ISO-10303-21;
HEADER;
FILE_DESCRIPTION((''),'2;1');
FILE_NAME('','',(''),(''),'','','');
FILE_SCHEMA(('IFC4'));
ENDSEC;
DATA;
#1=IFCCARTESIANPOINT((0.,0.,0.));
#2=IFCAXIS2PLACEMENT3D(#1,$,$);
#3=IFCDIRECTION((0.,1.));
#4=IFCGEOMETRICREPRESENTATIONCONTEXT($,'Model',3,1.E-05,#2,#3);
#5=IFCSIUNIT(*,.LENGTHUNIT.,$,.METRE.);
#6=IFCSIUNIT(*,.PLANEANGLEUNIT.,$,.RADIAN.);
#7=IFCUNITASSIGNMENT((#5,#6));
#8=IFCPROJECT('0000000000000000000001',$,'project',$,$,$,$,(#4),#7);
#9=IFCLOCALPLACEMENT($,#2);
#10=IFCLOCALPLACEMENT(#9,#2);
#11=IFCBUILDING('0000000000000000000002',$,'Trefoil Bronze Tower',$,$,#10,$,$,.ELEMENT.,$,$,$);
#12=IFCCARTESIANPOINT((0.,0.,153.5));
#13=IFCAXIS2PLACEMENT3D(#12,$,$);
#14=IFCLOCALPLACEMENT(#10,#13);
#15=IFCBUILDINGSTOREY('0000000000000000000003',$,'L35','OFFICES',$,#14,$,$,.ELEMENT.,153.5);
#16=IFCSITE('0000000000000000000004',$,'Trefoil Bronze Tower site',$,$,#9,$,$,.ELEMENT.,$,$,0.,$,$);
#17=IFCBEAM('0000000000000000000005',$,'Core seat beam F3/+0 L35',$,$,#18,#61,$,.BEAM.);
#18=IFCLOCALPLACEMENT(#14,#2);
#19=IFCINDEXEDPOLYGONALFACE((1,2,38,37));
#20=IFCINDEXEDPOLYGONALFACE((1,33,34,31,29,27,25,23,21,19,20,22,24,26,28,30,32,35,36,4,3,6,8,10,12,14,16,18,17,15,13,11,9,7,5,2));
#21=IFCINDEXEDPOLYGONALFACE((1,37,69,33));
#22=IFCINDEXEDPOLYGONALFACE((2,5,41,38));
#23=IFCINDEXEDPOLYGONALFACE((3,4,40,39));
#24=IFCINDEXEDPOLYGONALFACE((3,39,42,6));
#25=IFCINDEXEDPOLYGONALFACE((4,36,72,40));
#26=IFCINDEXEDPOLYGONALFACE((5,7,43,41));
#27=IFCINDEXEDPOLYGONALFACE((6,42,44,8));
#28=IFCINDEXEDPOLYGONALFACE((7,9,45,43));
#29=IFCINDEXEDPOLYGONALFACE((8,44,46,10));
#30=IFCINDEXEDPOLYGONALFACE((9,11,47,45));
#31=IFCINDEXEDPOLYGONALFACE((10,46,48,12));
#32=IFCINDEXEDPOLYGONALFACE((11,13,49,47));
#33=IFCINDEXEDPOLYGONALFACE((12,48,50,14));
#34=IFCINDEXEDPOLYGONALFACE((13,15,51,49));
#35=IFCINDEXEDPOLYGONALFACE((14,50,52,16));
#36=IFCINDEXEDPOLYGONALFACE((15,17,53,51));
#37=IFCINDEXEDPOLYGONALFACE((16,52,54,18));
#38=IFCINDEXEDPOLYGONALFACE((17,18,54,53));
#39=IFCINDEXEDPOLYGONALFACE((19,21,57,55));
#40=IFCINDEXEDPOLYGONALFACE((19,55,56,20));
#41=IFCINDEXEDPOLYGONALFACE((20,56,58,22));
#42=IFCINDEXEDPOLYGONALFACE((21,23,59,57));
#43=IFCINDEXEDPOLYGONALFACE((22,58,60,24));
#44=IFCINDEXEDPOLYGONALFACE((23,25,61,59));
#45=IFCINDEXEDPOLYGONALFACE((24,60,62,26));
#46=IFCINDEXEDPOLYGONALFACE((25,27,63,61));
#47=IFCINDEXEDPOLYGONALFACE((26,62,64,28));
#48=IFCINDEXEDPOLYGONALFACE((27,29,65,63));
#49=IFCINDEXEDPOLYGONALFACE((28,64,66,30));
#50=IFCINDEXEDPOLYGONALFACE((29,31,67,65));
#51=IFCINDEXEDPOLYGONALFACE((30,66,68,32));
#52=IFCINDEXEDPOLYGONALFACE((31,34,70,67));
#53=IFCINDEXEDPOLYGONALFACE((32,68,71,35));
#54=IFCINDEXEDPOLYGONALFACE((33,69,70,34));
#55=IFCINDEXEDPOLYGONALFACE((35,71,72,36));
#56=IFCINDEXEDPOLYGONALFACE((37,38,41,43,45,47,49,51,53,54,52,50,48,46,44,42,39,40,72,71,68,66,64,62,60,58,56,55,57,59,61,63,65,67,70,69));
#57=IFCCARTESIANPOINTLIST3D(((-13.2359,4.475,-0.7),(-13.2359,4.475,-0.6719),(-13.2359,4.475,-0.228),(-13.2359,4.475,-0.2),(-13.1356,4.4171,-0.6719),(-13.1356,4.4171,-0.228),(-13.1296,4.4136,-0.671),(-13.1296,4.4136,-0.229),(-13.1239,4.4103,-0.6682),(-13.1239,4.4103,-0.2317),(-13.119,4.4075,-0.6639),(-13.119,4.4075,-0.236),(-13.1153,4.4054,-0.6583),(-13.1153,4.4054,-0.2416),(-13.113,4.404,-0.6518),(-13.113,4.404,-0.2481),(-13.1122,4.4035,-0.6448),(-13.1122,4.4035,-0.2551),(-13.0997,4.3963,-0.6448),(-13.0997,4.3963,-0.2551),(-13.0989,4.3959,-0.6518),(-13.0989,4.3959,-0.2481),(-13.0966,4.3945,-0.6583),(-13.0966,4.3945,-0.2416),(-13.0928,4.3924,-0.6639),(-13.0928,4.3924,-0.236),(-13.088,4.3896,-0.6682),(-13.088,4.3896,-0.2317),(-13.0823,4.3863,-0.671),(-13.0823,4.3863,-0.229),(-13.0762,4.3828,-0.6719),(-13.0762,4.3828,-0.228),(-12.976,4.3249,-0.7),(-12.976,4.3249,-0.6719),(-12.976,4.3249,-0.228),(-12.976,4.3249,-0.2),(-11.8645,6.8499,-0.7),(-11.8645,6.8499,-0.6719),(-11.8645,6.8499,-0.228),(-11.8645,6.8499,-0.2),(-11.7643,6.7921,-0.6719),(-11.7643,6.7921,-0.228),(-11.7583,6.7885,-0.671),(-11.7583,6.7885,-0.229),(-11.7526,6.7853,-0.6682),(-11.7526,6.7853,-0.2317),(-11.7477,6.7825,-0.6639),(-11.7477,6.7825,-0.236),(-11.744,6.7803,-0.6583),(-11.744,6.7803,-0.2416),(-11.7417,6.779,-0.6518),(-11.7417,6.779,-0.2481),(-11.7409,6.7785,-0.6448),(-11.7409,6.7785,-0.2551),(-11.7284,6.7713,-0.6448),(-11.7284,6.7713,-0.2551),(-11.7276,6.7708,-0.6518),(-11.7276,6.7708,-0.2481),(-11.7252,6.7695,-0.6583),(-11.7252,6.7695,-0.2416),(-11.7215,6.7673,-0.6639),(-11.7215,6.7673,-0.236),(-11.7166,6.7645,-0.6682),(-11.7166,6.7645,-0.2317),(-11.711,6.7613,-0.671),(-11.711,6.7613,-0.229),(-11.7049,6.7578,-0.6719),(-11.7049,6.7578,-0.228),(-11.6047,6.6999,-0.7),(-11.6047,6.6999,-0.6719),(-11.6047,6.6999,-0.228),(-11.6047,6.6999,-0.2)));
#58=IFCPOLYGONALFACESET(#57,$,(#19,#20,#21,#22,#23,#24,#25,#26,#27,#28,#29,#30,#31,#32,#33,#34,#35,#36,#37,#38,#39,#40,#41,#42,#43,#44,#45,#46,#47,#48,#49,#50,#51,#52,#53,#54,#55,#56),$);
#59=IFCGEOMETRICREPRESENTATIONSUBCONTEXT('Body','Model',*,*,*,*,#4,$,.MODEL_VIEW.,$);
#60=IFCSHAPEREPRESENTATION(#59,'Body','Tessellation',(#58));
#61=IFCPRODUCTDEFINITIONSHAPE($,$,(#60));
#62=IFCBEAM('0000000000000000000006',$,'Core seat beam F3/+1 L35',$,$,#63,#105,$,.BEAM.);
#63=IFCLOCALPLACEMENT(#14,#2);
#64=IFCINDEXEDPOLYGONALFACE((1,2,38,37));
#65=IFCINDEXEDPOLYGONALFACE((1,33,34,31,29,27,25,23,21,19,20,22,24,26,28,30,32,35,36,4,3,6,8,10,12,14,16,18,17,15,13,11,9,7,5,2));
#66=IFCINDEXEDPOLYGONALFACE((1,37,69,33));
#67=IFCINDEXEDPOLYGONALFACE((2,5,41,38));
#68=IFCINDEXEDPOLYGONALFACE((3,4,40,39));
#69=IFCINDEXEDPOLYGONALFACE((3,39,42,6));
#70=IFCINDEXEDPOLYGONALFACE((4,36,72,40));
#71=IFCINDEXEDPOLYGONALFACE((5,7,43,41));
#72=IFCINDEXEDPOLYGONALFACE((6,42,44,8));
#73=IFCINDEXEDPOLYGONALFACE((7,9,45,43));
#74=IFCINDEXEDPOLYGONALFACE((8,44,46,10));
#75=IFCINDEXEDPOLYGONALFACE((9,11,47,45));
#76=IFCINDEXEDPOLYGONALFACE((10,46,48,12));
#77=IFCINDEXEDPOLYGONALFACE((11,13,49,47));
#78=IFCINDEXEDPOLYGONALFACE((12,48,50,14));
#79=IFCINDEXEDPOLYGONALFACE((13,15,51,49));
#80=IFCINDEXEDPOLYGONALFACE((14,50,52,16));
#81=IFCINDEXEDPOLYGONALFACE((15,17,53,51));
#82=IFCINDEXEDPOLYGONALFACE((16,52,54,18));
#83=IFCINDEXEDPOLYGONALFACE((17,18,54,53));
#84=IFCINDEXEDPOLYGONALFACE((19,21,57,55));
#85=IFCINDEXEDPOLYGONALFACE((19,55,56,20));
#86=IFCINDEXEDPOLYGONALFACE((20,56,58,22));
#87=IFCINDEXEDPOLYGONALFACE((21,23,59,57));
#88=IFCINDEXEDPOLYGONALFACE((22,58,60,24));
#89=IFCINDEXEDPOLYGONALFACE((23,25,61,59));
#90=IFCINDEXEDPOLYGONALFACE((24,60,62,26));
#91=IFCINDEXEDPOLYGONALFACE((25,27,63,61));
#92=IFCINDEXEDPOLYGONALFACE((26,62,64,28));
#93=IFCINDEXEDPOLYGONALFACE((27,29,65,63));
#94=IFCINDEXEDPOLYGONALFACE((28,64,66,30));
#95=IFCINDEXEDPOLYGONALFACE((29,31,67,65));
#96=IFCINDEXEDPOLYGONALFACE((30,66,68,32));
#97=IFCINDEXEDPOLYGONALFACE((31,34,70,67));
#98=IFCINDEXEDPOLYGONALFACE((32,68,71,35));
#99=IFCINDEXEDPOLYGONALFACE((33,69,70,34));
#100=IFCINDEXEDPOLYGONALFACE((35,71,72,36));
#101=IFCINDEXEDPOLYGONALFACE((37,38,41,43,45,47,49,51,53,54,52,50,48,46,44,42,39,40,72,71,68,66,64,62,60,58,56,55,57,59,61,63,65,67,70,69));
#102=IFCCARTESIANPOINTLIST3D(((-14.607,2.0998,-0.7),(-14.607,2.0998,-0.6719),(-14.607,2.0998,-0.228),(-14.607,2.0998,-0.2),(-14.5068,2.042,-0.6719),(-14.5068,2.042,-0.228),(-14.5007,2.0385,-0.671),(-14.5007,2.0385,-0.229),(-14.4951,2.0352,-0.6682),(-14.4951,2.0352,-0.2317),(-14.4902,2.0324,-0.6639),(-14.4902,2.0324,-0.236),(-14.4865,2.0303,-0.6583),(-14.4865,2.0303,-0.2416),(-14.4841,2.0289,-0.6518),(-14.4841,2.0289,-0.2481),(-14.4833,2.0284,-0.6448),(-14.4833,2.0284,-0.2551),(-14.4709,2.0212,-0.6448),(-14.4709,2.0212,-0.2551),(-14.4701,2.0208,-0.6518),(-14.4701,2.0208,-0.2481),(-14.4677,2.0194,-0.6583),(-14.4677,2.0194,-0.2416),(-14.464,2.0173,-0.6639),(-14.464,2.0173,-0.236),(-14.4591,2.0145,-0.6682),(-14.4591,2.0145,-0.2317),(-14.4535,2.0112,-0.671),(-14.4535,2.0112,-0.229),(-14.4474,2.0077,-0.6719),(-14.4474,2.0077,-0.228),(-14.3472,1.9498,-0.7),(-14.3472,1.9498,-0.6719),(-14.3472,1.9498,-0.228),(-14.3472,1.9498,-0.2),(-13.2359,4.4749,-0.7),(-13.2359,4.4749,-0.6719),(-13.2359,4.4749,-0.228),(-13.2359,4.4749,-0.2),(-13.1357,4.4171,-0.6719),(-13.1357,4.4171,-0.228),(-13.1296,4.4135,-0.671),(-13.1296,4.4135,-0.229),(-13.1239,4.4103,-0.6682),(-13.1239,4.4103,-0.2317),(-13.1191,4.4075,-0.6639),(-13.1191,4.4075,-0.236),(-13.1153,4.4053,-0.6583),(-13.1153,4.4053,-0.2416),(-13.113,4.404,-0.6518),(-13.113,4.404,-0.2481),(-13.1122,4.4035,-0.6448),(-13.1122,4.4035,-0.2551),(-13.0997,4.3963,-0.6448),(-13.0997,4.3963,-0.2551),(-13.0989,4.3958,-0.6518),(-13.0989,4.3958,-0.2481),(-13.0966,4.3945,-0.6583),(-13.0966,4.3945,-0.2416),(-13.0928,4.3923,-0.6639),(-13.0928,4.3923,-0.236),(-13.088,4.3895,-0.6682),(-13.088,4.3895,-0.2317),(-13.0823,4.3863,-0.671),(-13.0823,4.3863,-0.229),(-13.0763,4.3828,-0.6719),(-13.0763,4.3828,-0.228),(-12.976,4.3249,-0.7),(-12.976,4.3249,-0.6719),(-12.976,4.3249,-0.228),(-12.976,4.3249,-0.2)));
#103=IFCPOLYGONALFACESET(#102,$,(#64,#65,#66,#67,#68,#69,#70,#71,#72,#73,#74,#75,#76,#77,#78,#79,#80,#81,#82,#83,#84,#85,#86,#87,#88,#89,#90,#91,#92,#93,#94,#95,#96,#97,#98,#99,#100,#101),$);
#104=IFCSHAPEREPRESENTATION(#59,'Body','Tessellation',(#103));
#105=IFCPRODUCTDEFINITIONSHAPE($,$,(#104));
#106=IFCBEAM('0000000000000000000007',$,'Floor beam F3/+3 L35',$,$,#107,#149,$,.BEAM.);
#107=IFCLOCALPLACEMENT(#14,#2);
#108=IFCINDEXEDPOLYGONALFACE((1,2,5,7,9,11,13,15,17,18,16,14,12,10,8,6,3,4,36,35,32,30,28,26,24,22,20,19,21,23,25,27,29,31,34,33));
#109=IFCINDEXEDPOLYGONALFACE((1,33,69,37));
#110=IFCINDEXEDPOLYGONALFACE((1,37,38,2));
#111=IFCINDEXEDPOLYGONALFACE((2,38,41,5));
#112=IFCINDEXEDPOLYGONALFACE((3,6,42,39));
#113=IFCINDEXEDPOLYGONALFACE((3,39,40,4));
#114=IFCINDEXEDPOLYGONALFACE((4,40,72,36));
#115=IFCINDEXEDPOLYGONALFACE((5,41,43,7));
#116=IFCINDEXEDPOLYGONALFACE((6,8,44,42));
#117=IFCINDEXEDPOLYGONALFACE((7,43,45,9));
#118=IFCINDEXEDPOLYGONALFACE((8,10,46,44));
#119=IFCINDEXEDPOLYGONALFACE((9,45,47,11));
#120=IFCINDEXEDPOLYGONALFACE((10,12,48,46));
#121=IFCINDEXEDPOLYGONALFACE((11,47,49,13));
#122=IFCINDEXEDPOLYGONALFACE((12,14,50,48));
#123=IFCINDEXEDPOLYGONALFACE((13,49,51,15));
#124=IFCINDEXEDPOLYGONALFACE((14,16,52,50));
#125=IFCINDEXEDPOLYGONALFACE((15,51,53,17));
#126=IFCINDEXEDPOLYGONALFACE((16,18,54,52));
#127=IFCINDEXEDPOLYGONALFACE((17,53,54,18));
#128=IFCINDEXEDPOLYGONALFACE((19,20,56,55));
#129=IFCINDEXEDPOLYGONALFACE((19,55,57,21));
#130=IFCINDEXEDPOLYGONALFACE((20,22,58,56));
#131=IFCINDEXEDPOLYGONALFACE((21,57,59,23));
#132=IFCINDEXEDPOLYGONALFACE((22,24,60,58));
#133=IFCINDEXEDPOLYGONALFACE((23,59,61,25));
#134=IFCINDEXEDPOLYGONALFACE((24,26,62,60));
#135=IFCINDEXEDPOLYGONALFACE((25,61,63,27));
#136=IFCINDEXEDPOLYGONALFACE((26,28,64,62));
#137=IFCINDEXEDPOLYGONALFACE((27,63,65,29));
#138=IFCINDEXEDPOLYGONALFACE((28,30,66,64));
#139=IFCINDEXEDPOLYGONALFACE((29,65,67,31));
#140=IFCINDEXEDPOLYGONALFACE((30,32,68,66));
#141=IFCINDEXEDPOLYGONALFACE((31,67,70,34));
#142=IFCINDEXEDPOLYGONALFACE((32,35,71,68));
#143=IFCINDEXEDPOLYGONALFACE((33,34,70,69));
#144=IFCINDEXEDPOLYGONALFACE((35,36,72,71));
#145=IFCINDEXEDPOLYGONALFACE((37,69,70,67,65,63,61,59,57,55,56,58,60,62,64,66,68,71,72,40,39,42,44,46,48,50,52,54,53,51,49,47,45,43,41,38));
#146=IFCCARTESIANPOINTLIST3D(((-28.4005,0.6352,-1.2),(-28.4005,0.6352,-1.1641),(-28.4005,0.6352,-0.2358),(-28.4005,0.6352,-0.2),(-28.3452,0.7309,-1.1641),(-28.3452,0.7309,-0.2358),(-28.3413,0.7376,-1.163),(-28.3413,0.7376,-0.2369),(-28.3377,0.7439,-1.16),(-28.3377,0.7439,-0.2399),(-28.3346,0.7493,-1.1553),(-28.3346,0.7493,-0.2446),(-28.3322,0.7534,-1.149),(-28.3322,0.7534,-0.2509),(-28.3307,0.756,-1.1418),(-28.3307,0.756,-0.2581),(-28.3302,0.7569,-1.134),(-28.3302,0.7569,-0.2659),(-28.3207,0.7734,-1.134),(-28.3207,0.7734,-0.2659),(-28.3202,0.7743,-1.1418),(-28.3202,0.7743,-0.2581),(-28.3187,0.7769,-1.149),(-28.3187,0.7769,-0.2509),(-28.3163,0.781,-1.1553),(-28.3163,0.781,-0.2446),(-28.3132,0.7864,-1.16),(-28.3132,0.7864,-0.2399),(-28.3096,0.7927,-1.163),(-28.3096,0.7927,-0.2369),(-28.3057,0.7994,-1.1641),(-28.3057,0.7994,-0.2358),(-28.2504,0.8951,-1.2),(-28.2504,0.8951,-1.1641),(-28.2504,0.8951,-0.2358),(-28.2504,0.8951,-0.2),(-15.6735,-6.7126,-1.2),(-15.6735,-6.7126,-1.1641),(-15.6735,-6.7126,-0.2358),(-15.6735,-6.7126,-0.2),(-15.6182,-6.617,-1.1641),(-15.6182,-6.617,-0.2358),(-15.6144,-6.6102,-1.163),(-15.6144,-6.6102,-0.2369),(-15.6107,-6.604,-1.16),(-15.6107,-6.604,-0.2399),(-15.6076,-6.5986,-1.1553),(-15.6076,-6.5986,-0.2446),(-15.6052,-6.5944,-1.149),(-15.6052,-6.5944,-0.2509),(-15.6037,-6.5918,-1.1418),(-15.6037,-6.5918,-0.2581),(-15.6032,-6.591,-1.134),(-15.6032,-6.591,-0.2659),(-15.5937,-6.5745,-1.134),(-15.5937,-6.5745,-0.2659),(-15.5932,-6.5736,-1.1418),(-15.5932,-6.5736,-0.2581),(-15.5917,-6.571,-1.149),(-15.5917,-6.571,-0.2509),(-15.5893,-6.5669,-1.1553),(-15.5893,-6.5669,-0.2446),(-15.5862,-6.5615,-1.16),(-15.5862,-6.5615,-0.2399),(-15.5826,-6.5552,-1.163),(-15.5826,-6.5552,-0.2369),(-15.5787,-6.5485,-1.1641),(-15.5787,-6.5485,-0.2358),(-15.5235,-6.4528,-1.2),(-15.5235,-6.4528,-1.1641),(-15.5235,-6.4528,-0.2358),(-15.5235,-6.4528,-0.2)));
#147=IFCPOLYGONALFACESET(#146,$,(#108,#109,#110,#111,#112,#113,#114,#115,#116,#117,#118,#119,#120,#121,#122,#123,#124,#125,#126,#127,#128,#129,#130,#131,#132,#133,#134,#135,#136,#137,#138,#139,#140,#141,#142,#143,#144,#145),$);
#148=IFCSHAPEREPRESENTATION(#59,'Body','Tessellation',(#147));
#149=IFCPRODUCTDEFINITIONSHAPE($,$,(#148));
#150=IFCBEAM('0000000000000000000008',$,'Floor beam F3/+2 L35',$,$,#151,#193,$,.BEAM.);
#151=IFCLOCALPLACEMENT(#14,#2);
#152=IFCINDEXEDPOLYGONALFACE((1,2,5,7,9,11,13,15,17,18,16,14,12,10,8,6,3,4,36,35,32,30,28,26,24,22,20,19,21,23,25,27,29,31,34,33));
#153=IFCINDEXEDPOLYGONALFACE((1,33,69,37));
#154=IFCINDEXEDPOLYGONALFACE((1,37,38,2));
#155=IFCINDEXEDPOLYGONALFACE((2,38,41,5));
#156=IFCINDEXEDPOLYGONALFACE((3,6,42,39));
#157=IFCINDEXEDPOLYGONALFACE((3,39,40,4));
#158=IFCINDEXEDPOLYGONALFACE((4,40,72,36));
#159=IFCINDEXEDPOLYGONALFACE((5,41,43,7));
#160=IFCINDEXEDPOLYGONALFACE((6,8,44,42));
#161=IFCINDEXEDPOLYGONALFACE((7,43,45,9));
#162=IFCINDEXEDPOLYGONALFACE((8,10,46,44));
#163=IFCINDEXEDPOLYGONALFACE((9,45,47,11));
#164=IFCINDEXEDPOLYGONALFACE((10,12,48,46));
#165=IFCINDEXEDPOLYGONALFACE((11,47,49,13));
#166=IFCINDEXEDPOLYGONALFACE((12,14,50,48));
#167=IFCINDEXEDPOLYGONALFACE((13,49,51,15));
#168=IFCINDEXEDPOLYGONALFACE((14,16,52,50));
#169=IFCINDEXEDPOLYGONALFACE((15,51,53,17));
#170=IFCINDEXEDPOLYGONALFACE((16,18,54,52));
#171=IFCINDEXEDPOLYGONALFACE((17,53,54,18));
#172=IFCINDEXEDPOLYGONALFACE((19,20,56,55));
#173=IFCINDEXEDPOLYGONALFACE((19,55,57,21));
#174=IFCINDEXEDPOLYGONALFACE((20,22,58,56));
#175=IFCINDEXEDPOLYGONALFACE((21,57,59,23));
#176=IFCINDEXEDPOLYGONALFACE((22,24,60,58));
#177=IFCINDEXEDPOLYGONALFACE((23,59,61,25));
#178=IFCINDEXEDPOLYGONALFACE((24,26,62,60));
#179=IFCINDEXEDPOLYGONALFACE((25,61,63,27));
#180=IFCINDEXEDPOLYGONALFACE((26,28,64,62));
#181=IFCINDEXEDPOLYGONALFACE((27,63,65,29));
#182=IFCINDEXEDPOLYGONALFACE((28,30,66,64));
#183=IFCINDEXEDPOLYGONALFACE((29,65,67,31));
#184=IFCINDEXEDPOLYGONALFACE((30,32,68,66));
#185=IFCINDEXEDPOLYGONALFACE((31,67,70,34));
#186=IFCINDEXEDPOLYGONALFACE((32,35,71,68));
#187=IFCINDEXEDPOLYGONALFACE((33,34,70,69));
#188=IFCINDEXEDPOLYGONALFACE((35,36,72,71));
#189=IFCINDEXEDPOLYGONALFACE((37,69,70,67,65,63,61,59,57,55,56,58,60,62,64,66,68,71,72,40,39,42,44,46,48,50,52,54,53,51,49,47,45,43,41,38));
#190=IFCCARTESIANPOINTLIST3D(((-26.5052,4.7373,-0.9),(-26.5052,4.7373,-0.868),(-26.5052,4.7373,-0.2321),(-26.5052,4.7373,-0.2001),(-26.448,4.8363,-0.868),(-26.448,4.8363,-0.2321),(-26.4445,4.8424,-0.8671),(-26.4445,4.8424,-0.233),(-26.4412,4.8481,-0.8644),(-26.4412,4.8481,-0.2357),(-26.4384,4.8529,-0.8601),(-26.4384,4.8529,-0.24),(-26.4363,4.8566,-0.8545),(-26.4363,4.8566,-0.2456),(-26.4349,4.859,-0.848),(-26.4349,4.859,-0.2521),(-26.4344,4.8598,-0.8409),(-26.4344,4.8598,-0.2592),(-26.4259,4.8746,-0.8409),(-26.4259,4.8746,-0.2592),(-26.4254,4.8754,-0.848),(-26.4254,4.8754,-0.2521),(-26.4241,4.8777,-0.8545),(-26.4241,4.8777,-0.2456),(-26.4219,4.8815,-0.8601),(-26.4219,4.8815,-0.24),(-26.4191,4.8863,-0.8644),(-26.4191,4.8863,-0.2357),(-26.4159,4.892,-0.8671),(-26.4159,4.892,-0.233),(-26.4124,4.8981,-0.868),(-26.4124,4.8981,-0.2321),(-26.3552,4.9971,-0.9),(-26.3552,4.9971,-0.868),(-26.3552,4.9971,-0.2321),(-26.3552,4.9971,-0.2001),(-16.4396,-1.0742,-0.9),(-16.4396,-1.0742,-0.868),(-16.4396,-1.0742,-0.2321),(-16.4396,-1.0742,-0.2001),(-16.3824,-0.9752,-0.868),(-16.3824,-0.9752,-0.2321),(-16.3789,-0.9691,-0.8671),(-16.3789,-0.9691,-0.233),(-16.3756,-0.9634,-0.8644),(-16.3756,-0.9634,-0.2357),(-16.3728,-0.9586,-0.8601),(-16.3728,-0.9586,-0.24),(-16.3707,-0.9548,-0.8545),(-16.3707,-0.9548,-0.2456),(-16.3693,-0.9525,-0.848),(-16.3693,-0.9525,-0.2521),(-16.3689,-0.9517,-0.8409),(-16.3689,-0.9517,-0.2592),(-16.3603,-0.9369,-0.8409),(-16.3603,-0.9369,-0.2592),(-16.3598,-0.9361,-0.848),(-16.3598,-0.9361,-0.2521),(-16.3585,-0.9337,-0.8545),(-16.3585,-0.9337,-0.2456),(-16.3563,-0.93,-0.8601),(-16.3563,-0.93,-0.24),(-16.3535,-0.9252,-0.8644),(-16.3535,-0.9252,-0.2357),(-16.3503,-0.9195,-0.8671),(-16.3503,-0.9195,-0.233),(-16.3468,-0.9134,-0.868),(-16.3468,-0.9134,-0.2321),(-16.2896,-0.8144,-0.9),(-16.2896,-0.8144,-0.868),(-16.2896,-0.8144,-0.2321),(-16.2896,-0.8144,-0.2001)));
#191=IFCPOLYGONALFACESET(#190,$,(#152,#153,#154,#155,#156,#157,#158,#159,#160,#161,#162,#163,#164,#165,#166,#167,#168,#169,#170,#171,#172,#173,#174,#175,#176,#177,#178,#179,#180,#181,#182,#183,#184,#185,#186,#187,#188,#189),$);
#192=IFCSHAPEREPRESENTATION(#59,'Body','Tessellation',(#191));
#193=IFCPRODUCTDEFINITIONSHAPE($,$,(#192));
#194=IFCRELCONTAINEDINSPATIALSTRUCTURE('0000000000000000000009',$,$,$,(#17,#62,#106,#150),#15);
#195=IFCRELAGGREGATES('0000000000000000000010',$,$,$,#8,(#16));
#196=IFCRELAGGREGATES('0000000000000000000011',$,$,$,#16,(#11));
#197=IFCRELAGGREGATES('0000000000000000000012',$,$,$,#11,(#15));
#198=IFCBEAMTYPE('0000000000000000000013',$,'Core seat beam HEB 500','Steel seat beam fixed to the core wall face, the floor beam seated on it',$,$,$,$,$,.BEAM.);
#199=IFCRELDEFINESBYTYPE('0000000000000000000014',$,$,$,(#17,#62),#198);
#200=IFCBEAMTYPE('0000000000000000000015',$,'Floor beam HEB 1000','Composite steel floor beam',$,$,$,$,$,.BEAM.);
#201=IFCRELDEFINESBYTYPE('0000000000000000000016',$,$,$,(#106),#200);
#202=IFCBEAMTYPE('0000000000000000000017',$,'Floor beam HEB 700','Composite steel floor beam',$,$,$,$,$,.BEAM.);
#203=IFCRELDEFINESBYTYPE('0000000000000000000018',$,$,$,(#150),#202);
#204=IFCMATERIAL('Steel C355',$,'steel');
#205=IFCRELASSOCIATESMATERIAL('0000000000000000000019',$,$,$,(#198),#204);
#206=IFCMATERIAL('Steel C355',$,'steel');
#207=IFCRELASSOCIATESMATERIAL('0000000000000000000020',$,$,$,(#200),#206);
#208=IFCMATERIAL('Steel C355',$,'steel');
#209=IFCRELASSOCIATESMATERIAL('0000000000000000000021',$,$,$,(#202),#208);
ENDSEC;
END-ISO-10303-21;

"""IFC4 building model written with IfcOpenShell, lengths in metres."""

from ifc_helpers import new_model, si_unit, direction, frame, origin, origin_2d, place, context, subcontext, project, spatial, i_section, extrude, material, material_profile, profile_set, type_object, element, save


model = new_model("IFC4")

# Units and contexts
model_context = context("Model", 3, precision=1e-05, world=origin(), true_north=direction((0.0, 1.0)))
body_context = subcontext(model_context, "Body", "Model", "MODEL_VIEW")
ifc_project = project(units=[si_unit("LENGTHUNIT", "METRE"), si_unit("PLANEANGLEUNIT", "RADIAN")], contexts=[model_context])

# Site, building, storey
site_placement = place(None, origin())
site = spatial("IfcSite", under=ifc_project, at=site_placement, Name="Trefoil Bronze Tower site", CompositionType="ELEMENT", RefElevation=0.0)
building_placement = place(site_placement, origin())
building = spatial("IfcBuilding", under=site, at=building_placement, Name="Trefoil Bronze Tower", CompositionType="ELEMENT")
storey_placement = place(building_placement, frame((0.0, 0.0, 153.5)))
storey = spatial("IfcBuildingStorey", under=building, at=storey_placement, Name="L35", Description="OFFICES", CompositionType="ELEMENT", Elevation=153.5)

# Beams
ifc_material_1 = material(Name="Steel C355", Category="steel")
ifc_material_profile_1 = material_profile(ifc_material_1, i_section(OverallWidth=0.3, OverallDepth=0.5, WebThickness=0.0144, FlangeThickness=0.0281, FilletRadius=0.0271, at=origin_2d()), Name="HEB 500")
ifc_profile_set_1 = profile_set([ifc_material_profile_1], Name="Steel C355")
beam_type_1 = type_object("IfcBeamType", Name="Core seat beam HEB 500", Description="Steel seat beam fixed to the core wall face, the floor beam seated on it", PredefinedType="BEAM", material=ifc_profile_set_1)
for number, where, z_axis, x_axis, name in (
    (1, (-11.7346, 6.7749, -0.45), (-0.500036, -0.866005, 0.0), (0.866005, -0.500036, 0.0), "Core seat beam F3/+0 L35"),
    (2, (-13.106, 4.3999, -0.45), (-0.499969, -0.866043, 0.0), (0.866043, -0.499969, 0.0), "Core seat beam F3/+1 L35"),
):
    element("IfcBeam", number, at=place(storey_placement, frame(where, z_axis=z_axis, x_axis=x_axis)), inside=storey, type_object=beam_type_1, Name=name, PredefinedType="BEAM", context=body_context, shape_type="SweptSolid", body=[
        extrude(i_section(OverallWidth=0.3, OverallDepth=0.5, WebThickness=0.0144, FlangeThickness=0.0281, FilletRadius=0.0271, at=origin_2d()), origin(), (0.0, 0.0, 1.0), 2.7424),
    ])
ifc_material_2 = material(Name="Steel C355", Category="steel")
ifc_material_profile_2 = material_profile(ifc_material_2, i_section(OverallWidth=0.3, OverallDepth=1.0, WebThickness=0.019, FlangeThickness=0.0359, FilletRadius=0.03, at=origin_2d()), Name="HEB 1000")
ifc_profile_set_2 = profile_set([ifc_material_profile_2], Name="Steel C355")
beam_type_2 = type_object("IfcBeamType", Name="Floor beam HEB 1000", Description="Composite steel floor beam", PredefinedType="BEAM", material=ifc_profile_set_2)
beam_1_placement = place(storey_placement, frame((-28.3254, 0.7651, -0.7), z_axis=(0.866027, -0.499997, 0.0), x_axis=(0.499997, 0.866027, 0.0)))
element("IfcBeam", 3, at=beam_1_placement, inside=storey, type_object=beam_type_2, Name="Floor beam F3/+3 L35", PredefinedType="BEAM", context=body_context, shape_type="SweptSolid", body=[
    extrude(i_section(OverallWidth=0.3, OverallDepth=1.0, WebThickness=0.019, FlangeThickness=0.0359, FilletRadius=0.03, at=origin_2d()), origin(), (0.0, 0.0, 1.0), 14.6958),
])
ifc_material_3 = material(Name="Steel C355", Category="steel")
ifc_material_profile_3 = material_profile(ifc_material_3, i_section(OverallWidth=0.3, OverallDepth=0.7, WebThickness=0.0171, FlangeThickness=0.032, FilletRadius=0.0271, at=origin_2d()), Name="HEB 700")
ifc_profile_set_3 = profile_set([ifc_material_profile_3], Name="Steel C355")
beam_type_3 = type_object("IfcBeamType", Name="Floor beam HEB 700", Description="Composite steel floor beam", PredefinedType="BEAM", material=ifc_profile_set_3)
beam_2_placement = place(storey_placement, frame((-26.4302, 4.8672, -0.55), z_axis=(0.866022, -0.500007, 0.0), x_axis=(0.500007, 0.866022, 0.0)))
element("IfcBeam", 4, at=beam_2_placement, inside=storey, type_object=beam_type_3, Name="Floor beam F3/+2 L35", PredefinedType="BEAM", context=body_context, shape_type="SweptSolid", body=[
    extrude(i_section(OverallWidth=0.3, OverallDepth=0.7, WebThickness=0.0171, FlangeThickness=0.032, FilletRadius=0.0271, at=origin_2d()), origin(), (0.0, 0.0, 1.0), 11.6228),
])

save(model, "model.ifc")
